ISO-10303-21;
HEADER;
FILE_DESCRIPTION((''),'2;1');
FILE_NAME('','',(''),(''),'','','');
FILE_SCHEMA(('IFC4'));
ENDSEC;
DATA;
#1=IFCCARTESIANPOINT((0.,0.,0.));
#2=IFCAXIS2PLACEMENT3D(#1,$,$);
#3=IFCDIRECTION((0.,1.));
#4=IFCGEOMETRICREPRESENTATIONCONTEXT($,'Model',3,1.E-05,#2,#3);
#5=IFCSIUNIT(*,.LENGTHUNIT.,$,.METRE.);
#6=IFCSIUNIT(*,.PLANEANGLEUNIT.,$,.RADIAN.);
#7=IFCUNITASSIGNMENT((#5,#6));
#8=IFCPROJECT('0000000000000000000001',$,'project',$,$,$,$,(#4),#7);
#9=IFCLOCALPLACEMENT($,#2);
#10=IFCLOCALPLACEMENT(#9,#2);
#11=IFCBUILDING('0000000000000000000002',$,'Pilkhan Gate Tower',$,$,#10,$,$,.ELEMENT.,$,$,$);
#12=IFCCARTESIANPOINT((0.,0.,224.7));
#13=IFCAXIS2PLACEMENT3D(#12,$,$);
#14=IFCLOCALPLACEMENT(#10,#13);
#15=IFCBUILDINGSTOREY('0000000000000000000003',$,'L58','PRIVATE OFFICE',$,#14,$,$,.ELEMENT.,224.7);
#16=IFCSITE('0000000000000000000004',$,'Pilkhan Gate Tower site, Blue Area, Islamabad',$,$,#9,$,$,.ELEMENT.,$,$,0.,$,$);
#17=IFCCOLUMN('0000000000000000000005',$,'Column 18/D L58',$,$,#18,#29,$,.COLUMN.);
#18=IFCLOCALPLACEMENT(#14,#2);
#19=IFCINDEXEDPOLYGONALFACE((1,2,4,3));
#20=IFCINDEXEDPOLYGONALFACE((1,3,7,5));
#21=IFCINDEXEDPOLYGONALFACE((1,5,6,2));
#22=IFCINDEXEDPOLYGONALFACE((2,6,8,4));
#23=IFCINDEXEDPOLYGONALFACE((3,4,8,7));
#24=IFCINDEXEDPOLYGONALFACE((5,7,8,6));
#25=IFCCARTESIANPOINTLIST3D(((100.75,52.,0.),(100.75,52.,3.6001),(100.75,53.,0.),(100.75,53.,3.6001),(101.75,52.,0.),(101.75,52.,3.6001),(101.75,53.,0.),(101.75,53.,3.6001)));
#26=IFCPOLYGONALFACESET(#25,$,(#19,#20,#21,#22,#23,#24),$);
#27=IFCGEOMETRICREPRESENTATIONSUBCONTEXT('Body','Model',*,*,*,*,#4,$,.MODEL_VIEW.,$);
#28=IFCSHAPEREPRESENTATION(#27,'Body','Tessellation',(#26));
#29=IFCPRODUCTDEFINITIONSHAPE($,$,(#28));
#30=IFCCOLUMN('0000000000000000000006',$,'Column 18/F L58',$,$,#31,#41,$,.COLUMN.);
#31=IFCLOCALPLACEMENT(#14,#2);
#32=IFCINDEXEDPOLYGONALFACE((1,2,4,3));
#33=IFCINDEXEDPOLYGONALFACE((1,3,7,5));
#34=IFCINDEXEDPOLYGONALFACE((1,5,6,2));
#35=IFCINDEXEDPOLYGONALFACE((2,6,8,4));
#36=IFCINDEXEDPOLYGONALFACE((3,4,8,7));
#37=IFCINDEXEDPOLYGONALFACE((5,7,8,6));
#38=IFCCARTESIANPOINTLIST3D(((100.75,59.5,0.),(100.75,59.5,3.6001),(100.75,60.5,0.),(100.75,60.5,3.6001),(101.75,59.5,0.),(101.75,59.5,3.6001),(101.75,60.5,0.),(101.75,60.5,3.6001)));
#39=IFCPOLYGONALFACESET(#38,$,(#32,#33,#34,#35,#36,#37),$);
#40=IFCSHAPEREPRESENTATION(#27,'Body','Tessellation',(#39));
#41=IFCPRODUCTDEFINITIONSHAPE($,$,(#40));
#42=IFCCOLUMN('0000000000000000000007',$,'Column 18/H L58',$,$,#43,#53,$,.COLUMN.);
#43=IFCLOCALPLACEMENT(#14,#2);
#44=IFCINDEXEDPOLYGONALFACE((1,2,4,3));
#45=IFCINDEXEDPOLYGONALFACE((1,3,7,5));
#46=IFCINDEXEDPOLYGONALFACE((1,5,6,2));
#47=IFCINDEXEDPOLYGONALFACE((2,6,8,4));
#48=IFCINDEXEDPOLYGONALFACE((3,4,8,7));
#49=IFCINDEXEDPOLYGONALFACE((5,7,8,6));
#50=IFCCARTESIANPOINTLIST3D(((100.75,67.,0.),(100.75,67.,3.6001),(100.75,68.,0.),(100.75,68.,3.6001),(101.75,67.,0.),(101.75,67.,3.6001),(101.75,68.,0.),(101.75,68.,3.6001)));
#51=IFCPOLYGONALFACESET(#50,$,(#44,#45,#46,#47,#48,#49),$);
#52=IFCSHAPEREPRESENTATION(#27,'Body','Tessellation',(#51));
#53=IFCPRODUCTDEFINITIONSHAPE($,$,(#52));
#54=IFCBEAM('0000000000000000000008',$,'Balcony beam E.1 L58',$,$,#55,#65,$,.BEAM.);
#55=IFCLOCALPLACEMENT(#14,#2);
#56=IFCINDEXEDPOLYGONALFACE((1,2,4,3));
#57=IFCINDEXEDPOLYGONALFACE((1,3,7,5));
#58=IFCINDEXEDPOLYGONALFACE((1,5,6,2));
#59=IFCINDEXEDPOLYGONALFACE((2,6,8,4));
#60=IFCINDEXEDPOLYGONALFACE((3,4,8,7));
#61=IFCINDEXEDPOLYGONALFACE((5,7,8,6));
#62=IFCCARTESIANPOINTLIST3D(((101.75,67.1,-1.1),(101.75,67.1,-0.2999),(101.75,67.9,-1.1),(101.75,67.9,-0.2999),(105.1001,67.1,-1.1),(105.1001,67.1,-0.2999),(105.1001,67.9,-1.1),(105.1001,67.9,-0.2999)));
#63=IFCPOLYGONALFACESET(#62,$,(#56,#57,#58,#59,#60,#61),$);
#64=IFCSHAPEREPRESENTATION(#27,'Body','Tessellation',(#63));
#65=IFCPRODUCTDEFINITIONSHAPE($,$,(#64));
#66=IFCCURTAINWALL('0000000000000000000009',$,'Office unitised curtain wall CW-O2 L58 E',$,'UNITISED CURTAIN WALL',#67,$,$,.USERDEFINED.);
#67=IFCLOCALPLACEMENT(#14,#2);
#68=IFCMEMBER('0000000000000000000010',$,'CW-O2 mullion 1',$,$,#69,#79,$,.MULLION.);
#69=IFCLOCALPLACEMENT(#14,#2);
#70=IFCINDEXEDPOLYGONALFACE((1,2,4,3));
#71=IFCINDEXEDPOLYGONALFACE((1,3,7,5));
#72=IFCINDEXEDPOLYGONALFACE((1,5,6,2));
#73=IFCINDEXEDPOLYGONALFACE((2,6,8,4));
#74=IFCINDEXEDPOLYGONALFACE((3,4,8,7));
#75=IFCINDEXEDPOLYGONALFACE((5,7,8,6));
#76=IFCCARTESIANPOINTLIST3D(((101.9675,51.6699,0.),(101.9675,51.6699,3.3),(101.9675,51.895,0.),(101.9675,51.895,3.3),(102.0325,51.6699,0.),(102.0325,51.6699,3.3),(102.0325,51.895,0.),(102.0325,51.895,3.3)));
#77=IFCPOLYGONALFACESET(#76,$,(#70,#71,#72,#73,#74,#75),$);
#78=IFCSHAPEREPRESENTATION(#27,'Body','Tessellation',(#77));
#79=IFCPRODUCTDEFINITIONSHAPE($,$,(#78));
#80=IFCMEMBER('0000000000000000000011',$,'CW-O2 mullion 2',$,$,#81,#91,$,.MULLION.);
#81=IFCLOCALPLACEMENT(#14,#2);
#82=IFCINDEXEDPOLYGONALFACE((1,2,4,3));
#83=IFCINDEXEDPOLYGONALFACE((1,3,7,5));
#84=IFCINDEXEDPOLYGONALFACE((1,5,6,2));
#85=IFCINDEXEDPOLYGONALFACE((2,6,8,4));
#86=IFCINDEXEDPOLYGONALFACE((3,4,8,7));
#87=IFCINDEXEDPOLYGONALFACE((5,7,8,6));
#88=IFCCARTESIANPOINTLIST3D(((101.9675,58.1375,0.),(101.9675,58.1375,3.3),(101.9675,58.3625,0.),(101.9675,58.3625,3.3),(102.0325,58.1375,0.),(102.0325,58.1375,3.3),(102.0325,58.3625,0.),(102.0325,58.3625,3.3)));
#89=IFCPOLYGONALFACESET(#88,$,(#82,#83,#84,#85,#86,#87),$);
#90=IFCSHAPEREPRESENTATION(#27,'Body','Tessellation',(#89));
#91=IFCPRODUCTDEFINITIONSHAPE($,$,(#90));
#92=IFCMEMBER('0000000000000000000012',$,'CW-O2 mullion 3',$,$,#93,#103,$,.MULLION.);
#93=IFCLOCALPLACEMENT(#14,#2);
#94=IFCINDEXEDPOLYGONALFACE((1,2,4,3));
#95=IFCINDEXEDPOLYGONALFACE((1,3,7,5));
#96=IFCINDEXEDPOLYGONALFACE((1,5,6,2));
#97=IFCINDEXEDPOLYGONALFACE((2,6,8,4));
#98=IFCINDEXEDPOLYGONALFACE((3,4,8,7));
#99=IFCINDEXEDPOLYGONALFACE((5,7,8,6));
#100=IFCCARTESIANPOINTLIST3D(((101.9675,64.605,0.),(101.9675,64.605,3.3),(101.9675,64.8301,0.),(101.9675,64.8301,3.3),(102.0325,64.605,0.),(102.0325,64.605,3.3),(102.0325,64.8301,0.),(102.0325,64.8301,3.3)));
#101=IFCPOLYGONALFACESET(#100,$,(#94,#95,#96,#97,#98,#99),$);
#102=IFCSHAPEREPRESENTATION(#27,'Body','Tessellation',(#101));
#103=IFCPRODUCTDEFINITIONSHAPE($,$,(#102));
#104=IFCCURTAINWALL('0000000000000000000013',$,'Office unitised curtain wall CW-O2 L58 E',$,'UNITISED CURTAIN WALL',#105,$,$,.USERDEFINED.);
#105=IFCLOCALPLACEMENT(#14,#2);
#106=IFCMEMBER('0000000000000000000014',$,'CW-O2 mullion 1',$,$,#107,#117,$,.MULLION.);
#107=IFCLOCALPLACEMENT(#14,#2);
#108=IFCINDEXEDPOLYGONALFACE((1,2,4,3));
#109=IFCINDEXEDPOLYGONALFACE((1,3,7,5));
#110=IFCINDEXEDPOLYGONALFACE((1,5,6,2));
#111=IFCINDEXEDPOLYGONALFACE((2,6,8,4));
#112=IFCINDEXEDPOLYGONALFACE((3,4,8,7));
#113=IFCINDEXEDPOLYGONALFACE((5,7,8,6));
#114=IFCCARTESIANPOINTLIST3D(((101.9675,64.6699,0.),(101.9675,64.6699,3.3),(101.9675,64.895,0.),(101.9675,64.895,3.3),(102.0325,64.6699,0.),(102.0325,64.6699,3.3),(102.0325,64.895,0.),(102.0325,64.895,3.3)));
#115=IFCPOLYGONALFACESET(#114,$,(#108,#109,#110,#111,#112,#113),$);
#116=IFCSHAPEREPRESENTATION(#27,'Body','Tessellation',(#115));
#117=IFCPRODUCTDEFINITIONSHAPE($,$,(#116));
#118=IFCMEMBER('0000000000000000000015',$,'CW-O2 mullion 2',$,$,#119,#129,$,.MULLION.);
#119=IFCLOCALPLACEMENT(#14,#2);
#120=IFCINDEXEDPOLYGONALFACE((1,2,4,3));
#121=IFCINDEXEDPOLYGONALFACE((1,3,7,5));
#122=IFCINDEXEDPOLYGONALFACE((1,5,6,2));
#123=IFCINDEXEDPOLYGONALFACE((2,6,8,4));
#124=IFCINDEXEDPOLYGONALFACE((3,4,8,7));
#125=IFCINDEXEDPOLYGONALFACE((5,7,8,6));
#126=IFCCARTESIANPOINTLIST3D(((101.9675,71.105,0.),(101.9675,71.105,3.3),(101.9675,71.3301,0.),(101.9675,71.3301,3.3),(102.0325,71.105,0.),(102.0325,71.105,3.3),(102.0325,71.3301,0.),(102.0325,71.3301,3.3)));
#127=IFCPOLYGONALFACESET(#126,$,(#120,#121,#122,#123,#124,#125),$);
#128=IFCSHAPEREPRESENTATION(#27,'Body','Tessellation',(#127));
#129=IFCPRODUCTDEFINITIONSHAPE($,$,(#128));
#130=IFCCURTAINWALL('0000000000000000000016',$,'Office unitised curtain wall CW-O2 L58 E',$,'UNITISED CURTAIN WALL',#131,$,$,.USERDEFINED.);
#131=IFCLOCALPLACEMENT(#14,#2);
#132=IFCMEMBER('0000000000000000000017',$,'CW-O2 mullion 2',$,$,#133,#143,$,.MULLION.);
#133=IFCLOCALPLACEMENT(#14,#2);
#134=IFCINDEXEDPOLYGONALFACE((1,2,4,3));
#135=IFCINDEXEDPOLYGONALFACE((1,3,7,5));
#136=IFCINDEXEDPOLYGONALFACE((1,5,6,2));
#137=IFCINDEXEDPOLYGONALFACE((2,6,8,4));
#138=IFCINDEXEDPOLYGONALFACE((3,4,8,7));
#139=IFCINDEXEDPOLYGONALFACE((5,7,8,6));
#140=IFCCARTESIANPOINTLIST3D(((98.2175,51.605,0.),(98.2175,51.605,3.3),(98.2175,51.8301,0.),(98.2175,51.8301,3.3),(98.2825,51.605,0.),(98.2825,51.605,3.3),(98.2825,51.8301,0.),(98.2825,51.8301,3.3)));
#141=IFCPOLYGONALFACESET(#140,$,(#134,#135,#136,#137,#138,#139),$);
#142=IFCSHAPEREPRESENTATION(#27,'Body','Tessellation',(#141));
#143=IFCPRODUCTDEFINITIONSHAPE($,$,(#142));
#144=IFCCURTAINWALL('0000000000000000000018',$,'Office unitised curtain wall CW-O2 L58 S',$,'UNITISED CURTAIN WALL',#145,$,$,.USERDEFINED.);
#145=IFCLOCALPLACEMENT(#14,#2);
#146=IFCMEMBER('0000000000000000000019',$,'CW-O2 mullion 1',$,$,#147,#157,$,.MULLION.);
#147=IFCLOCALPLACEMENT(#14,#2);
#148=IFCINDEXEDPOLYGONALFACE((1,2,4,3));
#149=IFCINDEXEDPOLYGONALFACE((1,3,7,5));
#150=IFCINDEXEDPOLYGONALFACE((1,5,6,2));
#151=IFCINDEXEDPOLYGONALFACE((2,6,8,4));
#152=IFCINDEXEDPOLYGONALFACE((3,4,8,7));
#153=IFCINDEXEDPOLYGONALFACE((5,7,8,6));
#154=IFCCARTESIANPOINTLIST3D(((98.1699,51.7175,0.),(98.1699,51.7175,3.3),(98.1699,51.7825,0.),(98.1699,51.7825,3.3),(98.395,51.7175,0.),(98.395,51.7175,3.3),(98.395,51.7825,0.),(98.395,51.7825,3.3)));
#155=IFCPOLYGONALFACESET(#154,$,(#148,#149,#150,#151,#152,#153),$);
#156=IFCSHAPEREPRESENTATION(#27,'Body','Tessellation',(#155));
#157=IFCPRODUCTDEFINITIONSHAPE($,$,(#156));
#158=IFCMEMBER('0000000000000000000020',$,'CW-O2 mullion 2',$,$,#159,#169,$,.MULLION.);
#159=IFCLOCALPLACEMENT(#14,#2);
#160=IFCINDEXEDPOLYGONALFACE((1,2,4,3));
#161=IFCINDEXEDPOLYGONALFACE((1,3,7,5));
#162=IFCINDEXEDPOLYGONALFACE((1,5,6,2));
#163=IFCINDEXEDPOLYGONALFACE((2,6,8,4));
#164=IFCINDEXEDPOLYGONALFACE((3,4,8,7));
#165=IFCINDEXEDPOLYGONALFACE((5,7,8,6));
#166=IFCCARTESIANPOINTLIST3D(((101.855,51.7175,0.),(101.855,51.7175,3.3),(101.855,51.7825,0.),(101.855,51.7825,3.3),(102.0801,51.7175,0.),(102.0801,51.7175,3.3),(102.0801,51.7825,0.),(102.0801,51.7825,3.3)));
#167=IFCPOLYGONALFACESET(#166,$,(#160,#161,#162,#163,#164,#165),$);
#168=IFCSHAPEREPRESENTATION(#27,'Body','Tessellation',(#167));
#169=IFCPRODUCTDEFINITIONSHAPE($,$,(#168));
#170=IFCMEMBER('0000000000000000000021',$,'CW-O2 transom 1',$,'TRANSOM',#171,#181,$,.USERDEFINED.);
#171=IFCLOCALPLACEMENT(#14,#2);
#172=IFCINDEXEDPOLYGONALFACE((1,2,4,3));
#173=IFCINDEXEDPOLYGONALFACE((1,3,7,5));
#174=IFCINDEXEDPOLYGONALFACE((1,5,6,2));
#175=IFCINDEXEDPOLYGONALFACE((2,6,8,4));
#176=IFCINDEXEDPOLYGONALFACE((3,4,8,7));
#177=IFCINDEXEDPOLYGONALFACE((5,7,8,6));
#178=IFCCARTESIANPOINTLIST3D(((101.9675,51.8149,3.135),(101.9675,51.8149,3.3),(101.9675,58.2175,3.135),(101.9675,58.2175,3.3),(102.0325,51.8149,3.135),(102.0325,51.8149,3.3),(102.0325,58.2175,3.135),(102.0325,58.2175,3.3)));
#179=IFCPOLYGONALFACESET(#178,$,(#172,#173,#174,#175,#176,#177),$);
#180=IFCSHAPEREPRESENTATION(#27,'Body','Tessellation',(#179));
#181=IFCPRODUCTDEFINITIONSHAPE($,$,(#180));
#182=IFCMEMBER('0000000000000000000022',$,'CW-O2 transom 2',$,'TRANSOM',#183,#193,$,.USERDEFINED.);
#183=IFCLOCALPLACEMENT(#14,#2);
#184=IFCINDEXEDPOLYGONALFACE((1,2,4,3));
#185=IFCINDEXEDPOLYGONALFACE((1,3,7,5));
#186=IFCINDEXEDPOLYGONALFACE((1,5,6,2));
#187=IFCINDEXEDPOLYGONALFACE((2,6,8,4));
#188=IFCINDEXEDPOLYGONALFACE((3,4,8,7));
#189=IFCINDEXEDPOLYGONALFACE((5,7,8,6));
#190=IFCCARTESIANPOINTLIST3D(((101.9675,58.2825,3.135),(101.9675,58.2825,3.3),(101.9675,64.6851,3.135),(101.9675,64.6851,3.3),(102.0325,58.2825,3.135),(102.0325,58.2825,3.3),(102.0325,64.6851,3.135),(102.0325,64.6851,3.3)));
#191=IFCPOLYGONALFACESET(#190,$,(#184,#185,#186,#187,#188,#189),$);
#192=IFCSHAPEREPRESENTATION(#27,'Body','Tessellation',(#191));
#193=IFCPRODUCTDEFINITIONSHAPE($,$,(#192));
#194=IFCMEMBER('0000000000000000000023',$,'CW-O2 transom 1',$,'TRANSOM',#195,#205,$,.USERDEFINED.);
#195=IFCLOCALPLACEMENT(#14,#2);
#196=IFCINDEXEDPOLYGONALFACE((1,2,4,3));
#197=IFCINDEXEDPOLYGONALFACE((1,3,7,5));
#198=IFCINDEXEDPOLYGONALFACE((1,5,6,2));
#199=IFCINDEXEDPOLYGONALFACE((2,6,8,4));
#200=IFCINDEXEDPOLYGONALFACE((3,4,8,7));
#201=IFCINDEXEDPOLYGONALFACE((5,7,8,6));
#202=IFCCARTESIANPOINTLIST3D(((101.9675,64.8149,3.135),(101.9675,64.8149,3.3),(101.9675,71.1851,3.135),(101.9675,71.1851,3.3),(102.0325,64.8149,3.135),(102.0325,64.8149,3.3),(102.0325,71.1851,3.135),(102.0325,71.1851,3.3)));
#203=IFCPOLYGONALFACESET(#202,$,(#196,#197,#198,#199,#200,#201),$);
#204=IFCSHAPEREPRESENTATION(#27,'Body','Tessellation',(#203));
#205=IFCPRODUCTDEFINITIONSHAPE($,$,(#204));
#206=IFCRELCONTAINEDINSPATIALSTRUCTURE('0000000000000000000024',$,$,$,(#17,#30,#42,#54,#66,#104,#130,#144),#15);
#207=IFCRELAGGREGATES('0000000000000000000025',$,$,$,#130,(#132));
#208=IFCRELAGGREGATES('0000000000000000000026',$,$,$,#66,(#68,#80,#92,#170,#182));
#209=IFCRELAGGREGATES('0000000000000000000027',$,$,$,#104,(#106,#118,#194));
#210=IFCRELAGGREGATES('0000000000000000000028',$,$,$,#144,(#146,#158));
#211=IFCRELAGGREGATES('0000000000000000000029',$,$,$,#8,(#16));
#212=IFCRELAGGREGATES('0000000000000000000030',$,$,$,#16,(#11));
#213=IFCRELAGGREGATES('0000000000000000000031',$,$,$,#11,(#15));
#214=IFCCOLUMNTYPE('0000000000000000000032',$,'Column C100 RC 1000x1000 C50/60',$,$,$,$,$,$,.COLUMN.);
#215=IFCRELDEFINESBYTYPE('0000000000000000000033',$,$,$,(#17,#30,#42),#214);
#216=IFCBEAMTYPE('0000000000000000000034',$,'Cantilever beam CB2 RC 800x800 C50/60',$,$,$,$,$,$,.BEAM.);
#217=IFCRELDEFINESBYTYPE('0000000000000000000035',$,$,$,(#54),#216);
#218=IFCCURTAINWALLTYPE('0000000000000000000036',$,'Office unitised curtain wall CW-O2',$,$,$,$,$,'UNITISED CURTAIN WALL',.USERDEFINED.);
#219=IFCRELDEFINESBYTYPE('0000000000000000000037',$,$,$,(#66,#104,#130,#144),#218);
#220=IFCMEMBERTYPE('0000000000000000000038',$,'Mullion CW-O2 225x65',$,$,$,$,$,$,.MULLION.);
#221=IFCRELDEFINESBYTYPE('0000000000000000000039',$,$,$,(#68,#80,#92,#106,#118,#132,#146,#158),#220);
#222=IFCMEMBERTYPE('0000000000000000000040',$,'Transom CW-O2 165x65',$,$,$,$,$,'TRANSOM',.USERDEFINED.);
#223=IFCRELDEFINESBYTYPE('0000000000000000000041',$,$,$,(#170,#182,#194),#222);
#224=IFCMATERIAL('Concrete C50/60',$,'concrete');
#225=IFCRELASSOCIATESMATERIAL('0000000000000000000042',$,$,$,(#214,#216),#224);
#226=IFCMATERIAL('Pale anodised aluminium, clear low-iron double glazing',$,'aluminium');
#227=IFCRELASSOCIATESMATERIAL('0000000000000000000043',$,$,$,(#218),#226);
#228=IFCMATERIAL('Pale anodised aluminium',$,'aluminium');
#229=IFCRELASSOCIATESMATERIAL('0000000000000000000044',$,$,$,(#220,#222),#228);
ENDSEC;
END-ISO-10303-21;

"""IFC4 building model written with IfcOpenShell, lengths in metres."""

from ifc_helpers import new_model, si_unit, direction, frame, origin, origin_2d, place, context, subcontext, project, spatial, rectangle, extrude, material, material_profile, profile_set, type_object, element, aggregate, save


model = new_model("IFC4")

# Units and contexts
model_context = context("Model", 3, precision=1e-05, world=origin(), true_north=direction((0.0, 1.0)))
body_context = subcontext(model_context, "Body", "Model", "MODEL_VIEW")
ifc_project = project(units=[si_unit("LENGTHUNIT", "METRE"), si_unit("PLANEANGLEUNIT", "RADIAN")], contexts=[model_context])

# Site, building, storey
site_placement = place(None, origin())
site = spatial("IfcSite", under=ifc_project, at=site_placement, Name="Pilkhan Gate Tower site, Blue Area, Islamabad", CompositionType="ELEMENT", RefElevation=0.0)
building_placement = place(site_placement, origin())
building = spatial("IfcBuilding", under=site, at=building_placement, Name="Pilkhan Gate Tower", CompositionType="ELEMENT")
storey_placement = place(building_placement, frame((0.0, 0.0, 224.7)))
storey = spatial("IfcBuildingStorey", under=building, at=storey_placement, Name="L58", Description="PRIVATE OFFICE", CompositionType="ELEMENT", Elevation=224.7)

# Columns
ifc_material_1 = material(Name="Concrete C50/60", Category="concrete")
ifc_material_profile_1 = material_profile(ifc_material_1, rectangle(XDim=1.0, YDim=1.0, at=origin_2d()), Name="RC 1000x1000")
ifc_profile_set_1 = profile_set([ifc_material_profile_1], Name="Concrete C50/60")
column_type = type_object("IfcColumnType", Name="Column C100 RC 1000x1000 C50/60", PredefinedType="COLUMN", material=ifc_profile_set_1)
for number, where, z_axis, x_axis, name in (
    (1, (101.25, 52.5, 0.0), (0.0, 0.0, 1.0), (1.0, 0.0, 0.0), "Column 18/D L58"),
    (2, (101.25, 60.0, 0.0), (0.0, 0.0, 1.0), (1.0, 0.0, 0.0), "Column 18/F L58"),
    (3, (101.25, 67.5, 0.0), (0.0, 0.0, 1.0), (1.0, 0.0, 0.0), "Column 18/H L58"),
):
    element("IfcColumn", number, at=place(storey_placement, frame(where, z_axis=z_axis, x_axis=x_axis)), inside=storey, type_object=column_type, Name=name, PredefinedType="COLUMN", context=body_context, shape_type="SweptSolid", body=[
        extrude(rectangle(XDim=1.0, YDim=1.0, at=origin_2d()), origin(), (0.0, 0.0, 1.0), 3.6001),
    ])

# Beam
ifc_material_profile_2 = material_profile(ifc_material_1, rectangle(XDim=0.8, YDim=0.8, at=origin_2d()), Name="RC 800x800")
ifc_profile_set_2 = profile_set([ifc_material_profile_2], Name="Concrete C50/60")
beam_type = type_object("IfcBeamType", Name="Cantilever beam CB2 RC 800x800 C50/60", PredefinedType="BEAM", material=ifc_profile_set_2)
beam_placement = place(storey_placement, frame((101.75, 67.5, -0.7), z_axis=(1.0, 0.0, 0.0), x_axis=(0.0, 1.0, 0.0)))
element("IfcBeam", 4, at=beam_placement, inside=storey, type_object=beam_type, Name="Balcony beam E.1 L58", PredefinedType="BEAM", context=body_context, shape_type="SweptSolid", body=[
    extrude(rectangle(XDim=0.8, YDim=0.8, at=origin_2d()), origin(), (0.0, 0.0, 1.0), 3.3501),
])

# Curtain walls, members
ifc_material_2 = material(Name="Pale anodised aluminium, clear low-iron double glazing", Category="aluminium")
curtain_wall_type = type_object("IfcCurtainWallType", Name="Office unitised curtain wall CW-O2", ElementType="UNITISED CURTAIN WALL", PredefinedType="USERDEFINED", material=ifc_material_2)
curtain_wall_1_placement = place(storey_placement, origin())
curtain_wall_1 = element("IfcCurtainWall", 5, at=curtain_wall_1_placement, inside=storey, type_object=curtain_wall_type, Name="Office unitised curtain wall CW-O2 L58 E", ObjectType="UNITISED CURTAIN WALL", PredefinedType="USERDEFINED")
ifc_material_3 = material(Name="Pale anodised aluminium", Category="aluminium")
ifc_material_profile_3 = material_profile(ifc_material_3, rectangle(XDim=0.0649, YDim=0.2251, at=origin_2d()), Name="Mullion 225x65")
ifc_profile_set_3 = profile_set([ifc_material_profile_3], Name="Pale anodised aluminium")
member_type_1 = type_object("IfcMemberType", Name="Mullion CW-O2 225x65", PredefinedType="MULLION", material=ifc_profile_set_3)
member_1_placement = place(storey_placement, frame((102.0, 51.7825, 0.0), z_axis=(0.0, 0.0, 1.0), x_axis=(-1.0, 0.0, 0.0)))
member_1 = element("IfcMember", 6, at=member_1_placement, type_object=member_type_1, Name="CW-O2 mullion 1", PredefinedType="MULLION", context=body_context, shape_type="SweptSolid", body=[
    extrude(rectangle(XDim=0.0649, YDim=0.2251, at=origin_2d()), origin(), (0.0, 0.0, 1.0), 3.3),
])
member_2_placement = place(storey_placement, frame((102.0, 58.25, 0.0), z_axis=(0.0, 0.0, 1.0), x_axis=(-1.0, 0.0, 0.0)))
member_2 = element("IfcMember", 7, at=member_2_placement, type_object=member_type_1, Name="CW-O2 mullion 2", PredefinedType="MULLION", context=body_context, shape_type="SweptSolid", body=[
    extrude(rectangle(XDim=0.0649, YDim=0.2251, at=origin_2d()), origin(), (0.0, 0.0, 1.0), 3.3),
])
member_3_placement = place(storey_placement, frame((102.0, 64.7175, 0.0), z_axis=(0.0, 0.0, 1.0), x_axis=(-1.0, 0.0, 0.0)))
member_3 = element("IfcMember", 8, at=member_3_placement, type_object=member_type_1, Name="CW-O2 mullion 3", PredefinedType="MULLION", context=body_context, shape_type="SweptSolid", body=[
    extrude(rectangle(XDim=0.0649, YDim=0.2251, at=origin_2d()), origin(), (0.0, 0.0, 1.0), 3.3),
])
curtain_wall_2_placement = place(storey_placement, origin())
curtain_wall_2 = element("IfcCurtainWall", 9, at=curtain_wall_2_placement, inside=storey, type_object=curtain_wall_type, Name="Office unitised curtain wall CW-O2 L58 E", ObjectType="UNITISED CURTAIN WALL", PredefinedType="USERDEFINED")
member_4_placement = place(storey_placement, frame((102.0, 64.7825, 0.0), z_axis=(0.0, 0.0, 1.0), x_axis=(-1.0, 0.0, 0.0)))
member_4 = element("IfcMember", 10, at=member_4_placement, type_object=member_type_1, Name="CW-O2 mullion 1", PredefinedType="MULLION", context=body_context, shape_type="SweptSolid", body=[
    extrude(rectangle(XDim=0.0649, YDim=0.2251, at=origin_2d()), origin(), (0.0, 0.0, 1.0), 3.3),
])
member_5_placement = place(storey_placement, frame((102.0, 71.2175, 0.0), z_axis=(0.0, 0.0, 1.0), x_axis=(-1.0, 0.0, 0.0)))
member_5 = element("IfcMember", 11, at=member_5_placement, type_object=member_type_1, Name="CW-O2 mullion 2", PredefinedType="MULLION", context=body_context, shape_type="SweptSolid", body=[
    extrude(rectangle(XDim=0.0649, YDim=0.2251, at=origin_2d()), origin(), (0.0, 0.0, 1.0), 3.3),
])

# Curtain wall, member
curtain_wall_3_placement = place(storey_placement, origin())
curtain_wall_3 = element("IfcCurtainWall", 12, at=curtain_wall_3_placement, inside=storey, type_object=curtain_wall_type, Name="Office unitised curtain wall CW-O2 L58 E", ObjectType="UNITISED CURTAIN WALL", PredefinedType="USERDEFINED")
member_6_placement = place(storey_placement, frame((98.25, 51.7175, 0.0), z_axis=(0.0, 0.0, 1.0), x_axis=(-1.0, 0.0, 0.0)))
member_6 = element("IfcMember", 13, at=member_6_placement, type_object=member_type_1, Name="CW-O2 mullion 2", PredefinedType="MULLION", context=body_context, shape_type="SweptSolid", body=[
    extrude(rectangle(XDim=0.0649, YDim=0.2251, at=origin_2d()), origin(), (0.0, 0.0, 1.0), 3.3),
])
aggregate(curtain_wall_3, [member_6])

# Curtain wall, members
curtain_wall_4_placement = place(storey_placement, origin())
curtain_wall_4 = element("IfcCurtainWall", 14, at=curtain_wall_4_placement, inside=storey, type_object=curtain_wall_type, Name="Office unitised curtain wall CW-O2 L58 S", ObjectType="UNITISED CURTAIN WALL", PredefinedType="USERDEFINED")
member_7_placement = place(storey_placement, frame((98.2825, 51.75, 0.0), z_axis=(0.0, 0.0, 1.0), x_axis=(0.0, 1.0, 0.0)))
member_7 = element("IfcMember", 15, at=member_7_placement, type_object=member_type_1, Name="CW-O2 mullion 1", PredefinedType="MULLION", context=body_context, shape_type="SweptSolid", body=[
    extrude(rectangle(XDim=0.0649, YDim=0.2251, at=origin_2d()), origin(), (0.0, 0.0, 1.0), 3.3),
])
member_8_placement = place(storey_placement, frame((101.9675, 51.75, 0.0), z_axis=(0.0, 0.0, 1.0), x_axis=(0.0, 1.0, 0.0)))
member_8 = element("IfcMember", 16, at=member_8_placement, type_object=member_type_1, Name="CW-O2 mullion 2", PredefinedType="MULLION", context=body_context, shape_type="SweptSolid", body=[
    extrude(rectangle(XDim=0.0649, YDim=0.2251, at=origin_2d()), origin(), (0.0, 0.0, 1.0), 3.3),
])

# Members
ifc_material_profile_4 = material_profile(ifc_material_3, rectangle(XDim=0.0649, YDim=0.165, at=origin_2d()), Name="Transom 165x65")
ifc_profile_set_4 = profile_set([ifc_material_profile_4], Name="Pale anodised aluminium")
member_type_2 = type_object("IfcMemberType", Name="Transom CW-O2 165x65", ElementType="TRANSOM", PredefinedType="USERDEFINED", material=ifc_profile_set_4)
member_9_placement = place(storey_placement, frame((102.0, 51.8149, 3.2175), z_axis=(0.0, 1.0, 0.0), x_axis=(-1.0, 0.0, 0.0)))
member_9 = element("IfcMember", 17, at=member_9_placement, type_object=member_type_2, Name="CW-O2 transom 1", ObjectType="TRANSOM", PredefinedType="USERDEFINED", context=body_context, shape_type="SweptSolid", body=[
    extrude(rectangle(XDim=0.0649, YDim=0.165, at=origin_2d()), origin(), (0.0, 0.0, 1.0), 6.4026),
])
member_10_placement = place(storey_placement, frame((102.0, 58.2825, 3.2175), z_axis=(0.0, 1.0, 0.0), x_axis=(-1.0, 0.0, 0.0)))
member_10 = element("IfcMember", 18, at=member_10_placement, type_object=member_type_2, Name="CW-O2 transom 2", ObjectType="TRANSOM", PredefinedType="USERDEFINED", context=body_context, shape_type="SweptSolid", body=[
    extrude(rectangle(XDim=0.0649, YDim=0.165, at=origin_2d()), origin(), (0.0, 0.0, 1.0), 6.4026),
])
member_11_placement = place(storey_placement, frame((102.0, 64.8149, 3.2175), z_axis=(0.0, 1.0, 0.0), x_axis=(-1.0, 0.0, 0.0)))
member_11 = element("IfcMember", 19, at=member_11_placement, type_object=member_type_2, Name="CW-O2 transom 1", ObjectType="TRANSOM", PredefinedType="USERDEFINED", context=body_context, shape_type="SweptSolid", body=[
    extrude(rectangle(XDim=0.0649, YDim=0.165, at=origin_2d()), origin(), (0.0, 0.0, 1.0), 6.3701),
])

aggregate(curtain_wall_1, [member_1, member_2, member_3, member_9, member_10])
aggregate(curtain_wall_2, [member_4, member_5, member_11])
aggregate(curtain_wall_4, [member_7, member_8])

save(model, "model.ifc")
